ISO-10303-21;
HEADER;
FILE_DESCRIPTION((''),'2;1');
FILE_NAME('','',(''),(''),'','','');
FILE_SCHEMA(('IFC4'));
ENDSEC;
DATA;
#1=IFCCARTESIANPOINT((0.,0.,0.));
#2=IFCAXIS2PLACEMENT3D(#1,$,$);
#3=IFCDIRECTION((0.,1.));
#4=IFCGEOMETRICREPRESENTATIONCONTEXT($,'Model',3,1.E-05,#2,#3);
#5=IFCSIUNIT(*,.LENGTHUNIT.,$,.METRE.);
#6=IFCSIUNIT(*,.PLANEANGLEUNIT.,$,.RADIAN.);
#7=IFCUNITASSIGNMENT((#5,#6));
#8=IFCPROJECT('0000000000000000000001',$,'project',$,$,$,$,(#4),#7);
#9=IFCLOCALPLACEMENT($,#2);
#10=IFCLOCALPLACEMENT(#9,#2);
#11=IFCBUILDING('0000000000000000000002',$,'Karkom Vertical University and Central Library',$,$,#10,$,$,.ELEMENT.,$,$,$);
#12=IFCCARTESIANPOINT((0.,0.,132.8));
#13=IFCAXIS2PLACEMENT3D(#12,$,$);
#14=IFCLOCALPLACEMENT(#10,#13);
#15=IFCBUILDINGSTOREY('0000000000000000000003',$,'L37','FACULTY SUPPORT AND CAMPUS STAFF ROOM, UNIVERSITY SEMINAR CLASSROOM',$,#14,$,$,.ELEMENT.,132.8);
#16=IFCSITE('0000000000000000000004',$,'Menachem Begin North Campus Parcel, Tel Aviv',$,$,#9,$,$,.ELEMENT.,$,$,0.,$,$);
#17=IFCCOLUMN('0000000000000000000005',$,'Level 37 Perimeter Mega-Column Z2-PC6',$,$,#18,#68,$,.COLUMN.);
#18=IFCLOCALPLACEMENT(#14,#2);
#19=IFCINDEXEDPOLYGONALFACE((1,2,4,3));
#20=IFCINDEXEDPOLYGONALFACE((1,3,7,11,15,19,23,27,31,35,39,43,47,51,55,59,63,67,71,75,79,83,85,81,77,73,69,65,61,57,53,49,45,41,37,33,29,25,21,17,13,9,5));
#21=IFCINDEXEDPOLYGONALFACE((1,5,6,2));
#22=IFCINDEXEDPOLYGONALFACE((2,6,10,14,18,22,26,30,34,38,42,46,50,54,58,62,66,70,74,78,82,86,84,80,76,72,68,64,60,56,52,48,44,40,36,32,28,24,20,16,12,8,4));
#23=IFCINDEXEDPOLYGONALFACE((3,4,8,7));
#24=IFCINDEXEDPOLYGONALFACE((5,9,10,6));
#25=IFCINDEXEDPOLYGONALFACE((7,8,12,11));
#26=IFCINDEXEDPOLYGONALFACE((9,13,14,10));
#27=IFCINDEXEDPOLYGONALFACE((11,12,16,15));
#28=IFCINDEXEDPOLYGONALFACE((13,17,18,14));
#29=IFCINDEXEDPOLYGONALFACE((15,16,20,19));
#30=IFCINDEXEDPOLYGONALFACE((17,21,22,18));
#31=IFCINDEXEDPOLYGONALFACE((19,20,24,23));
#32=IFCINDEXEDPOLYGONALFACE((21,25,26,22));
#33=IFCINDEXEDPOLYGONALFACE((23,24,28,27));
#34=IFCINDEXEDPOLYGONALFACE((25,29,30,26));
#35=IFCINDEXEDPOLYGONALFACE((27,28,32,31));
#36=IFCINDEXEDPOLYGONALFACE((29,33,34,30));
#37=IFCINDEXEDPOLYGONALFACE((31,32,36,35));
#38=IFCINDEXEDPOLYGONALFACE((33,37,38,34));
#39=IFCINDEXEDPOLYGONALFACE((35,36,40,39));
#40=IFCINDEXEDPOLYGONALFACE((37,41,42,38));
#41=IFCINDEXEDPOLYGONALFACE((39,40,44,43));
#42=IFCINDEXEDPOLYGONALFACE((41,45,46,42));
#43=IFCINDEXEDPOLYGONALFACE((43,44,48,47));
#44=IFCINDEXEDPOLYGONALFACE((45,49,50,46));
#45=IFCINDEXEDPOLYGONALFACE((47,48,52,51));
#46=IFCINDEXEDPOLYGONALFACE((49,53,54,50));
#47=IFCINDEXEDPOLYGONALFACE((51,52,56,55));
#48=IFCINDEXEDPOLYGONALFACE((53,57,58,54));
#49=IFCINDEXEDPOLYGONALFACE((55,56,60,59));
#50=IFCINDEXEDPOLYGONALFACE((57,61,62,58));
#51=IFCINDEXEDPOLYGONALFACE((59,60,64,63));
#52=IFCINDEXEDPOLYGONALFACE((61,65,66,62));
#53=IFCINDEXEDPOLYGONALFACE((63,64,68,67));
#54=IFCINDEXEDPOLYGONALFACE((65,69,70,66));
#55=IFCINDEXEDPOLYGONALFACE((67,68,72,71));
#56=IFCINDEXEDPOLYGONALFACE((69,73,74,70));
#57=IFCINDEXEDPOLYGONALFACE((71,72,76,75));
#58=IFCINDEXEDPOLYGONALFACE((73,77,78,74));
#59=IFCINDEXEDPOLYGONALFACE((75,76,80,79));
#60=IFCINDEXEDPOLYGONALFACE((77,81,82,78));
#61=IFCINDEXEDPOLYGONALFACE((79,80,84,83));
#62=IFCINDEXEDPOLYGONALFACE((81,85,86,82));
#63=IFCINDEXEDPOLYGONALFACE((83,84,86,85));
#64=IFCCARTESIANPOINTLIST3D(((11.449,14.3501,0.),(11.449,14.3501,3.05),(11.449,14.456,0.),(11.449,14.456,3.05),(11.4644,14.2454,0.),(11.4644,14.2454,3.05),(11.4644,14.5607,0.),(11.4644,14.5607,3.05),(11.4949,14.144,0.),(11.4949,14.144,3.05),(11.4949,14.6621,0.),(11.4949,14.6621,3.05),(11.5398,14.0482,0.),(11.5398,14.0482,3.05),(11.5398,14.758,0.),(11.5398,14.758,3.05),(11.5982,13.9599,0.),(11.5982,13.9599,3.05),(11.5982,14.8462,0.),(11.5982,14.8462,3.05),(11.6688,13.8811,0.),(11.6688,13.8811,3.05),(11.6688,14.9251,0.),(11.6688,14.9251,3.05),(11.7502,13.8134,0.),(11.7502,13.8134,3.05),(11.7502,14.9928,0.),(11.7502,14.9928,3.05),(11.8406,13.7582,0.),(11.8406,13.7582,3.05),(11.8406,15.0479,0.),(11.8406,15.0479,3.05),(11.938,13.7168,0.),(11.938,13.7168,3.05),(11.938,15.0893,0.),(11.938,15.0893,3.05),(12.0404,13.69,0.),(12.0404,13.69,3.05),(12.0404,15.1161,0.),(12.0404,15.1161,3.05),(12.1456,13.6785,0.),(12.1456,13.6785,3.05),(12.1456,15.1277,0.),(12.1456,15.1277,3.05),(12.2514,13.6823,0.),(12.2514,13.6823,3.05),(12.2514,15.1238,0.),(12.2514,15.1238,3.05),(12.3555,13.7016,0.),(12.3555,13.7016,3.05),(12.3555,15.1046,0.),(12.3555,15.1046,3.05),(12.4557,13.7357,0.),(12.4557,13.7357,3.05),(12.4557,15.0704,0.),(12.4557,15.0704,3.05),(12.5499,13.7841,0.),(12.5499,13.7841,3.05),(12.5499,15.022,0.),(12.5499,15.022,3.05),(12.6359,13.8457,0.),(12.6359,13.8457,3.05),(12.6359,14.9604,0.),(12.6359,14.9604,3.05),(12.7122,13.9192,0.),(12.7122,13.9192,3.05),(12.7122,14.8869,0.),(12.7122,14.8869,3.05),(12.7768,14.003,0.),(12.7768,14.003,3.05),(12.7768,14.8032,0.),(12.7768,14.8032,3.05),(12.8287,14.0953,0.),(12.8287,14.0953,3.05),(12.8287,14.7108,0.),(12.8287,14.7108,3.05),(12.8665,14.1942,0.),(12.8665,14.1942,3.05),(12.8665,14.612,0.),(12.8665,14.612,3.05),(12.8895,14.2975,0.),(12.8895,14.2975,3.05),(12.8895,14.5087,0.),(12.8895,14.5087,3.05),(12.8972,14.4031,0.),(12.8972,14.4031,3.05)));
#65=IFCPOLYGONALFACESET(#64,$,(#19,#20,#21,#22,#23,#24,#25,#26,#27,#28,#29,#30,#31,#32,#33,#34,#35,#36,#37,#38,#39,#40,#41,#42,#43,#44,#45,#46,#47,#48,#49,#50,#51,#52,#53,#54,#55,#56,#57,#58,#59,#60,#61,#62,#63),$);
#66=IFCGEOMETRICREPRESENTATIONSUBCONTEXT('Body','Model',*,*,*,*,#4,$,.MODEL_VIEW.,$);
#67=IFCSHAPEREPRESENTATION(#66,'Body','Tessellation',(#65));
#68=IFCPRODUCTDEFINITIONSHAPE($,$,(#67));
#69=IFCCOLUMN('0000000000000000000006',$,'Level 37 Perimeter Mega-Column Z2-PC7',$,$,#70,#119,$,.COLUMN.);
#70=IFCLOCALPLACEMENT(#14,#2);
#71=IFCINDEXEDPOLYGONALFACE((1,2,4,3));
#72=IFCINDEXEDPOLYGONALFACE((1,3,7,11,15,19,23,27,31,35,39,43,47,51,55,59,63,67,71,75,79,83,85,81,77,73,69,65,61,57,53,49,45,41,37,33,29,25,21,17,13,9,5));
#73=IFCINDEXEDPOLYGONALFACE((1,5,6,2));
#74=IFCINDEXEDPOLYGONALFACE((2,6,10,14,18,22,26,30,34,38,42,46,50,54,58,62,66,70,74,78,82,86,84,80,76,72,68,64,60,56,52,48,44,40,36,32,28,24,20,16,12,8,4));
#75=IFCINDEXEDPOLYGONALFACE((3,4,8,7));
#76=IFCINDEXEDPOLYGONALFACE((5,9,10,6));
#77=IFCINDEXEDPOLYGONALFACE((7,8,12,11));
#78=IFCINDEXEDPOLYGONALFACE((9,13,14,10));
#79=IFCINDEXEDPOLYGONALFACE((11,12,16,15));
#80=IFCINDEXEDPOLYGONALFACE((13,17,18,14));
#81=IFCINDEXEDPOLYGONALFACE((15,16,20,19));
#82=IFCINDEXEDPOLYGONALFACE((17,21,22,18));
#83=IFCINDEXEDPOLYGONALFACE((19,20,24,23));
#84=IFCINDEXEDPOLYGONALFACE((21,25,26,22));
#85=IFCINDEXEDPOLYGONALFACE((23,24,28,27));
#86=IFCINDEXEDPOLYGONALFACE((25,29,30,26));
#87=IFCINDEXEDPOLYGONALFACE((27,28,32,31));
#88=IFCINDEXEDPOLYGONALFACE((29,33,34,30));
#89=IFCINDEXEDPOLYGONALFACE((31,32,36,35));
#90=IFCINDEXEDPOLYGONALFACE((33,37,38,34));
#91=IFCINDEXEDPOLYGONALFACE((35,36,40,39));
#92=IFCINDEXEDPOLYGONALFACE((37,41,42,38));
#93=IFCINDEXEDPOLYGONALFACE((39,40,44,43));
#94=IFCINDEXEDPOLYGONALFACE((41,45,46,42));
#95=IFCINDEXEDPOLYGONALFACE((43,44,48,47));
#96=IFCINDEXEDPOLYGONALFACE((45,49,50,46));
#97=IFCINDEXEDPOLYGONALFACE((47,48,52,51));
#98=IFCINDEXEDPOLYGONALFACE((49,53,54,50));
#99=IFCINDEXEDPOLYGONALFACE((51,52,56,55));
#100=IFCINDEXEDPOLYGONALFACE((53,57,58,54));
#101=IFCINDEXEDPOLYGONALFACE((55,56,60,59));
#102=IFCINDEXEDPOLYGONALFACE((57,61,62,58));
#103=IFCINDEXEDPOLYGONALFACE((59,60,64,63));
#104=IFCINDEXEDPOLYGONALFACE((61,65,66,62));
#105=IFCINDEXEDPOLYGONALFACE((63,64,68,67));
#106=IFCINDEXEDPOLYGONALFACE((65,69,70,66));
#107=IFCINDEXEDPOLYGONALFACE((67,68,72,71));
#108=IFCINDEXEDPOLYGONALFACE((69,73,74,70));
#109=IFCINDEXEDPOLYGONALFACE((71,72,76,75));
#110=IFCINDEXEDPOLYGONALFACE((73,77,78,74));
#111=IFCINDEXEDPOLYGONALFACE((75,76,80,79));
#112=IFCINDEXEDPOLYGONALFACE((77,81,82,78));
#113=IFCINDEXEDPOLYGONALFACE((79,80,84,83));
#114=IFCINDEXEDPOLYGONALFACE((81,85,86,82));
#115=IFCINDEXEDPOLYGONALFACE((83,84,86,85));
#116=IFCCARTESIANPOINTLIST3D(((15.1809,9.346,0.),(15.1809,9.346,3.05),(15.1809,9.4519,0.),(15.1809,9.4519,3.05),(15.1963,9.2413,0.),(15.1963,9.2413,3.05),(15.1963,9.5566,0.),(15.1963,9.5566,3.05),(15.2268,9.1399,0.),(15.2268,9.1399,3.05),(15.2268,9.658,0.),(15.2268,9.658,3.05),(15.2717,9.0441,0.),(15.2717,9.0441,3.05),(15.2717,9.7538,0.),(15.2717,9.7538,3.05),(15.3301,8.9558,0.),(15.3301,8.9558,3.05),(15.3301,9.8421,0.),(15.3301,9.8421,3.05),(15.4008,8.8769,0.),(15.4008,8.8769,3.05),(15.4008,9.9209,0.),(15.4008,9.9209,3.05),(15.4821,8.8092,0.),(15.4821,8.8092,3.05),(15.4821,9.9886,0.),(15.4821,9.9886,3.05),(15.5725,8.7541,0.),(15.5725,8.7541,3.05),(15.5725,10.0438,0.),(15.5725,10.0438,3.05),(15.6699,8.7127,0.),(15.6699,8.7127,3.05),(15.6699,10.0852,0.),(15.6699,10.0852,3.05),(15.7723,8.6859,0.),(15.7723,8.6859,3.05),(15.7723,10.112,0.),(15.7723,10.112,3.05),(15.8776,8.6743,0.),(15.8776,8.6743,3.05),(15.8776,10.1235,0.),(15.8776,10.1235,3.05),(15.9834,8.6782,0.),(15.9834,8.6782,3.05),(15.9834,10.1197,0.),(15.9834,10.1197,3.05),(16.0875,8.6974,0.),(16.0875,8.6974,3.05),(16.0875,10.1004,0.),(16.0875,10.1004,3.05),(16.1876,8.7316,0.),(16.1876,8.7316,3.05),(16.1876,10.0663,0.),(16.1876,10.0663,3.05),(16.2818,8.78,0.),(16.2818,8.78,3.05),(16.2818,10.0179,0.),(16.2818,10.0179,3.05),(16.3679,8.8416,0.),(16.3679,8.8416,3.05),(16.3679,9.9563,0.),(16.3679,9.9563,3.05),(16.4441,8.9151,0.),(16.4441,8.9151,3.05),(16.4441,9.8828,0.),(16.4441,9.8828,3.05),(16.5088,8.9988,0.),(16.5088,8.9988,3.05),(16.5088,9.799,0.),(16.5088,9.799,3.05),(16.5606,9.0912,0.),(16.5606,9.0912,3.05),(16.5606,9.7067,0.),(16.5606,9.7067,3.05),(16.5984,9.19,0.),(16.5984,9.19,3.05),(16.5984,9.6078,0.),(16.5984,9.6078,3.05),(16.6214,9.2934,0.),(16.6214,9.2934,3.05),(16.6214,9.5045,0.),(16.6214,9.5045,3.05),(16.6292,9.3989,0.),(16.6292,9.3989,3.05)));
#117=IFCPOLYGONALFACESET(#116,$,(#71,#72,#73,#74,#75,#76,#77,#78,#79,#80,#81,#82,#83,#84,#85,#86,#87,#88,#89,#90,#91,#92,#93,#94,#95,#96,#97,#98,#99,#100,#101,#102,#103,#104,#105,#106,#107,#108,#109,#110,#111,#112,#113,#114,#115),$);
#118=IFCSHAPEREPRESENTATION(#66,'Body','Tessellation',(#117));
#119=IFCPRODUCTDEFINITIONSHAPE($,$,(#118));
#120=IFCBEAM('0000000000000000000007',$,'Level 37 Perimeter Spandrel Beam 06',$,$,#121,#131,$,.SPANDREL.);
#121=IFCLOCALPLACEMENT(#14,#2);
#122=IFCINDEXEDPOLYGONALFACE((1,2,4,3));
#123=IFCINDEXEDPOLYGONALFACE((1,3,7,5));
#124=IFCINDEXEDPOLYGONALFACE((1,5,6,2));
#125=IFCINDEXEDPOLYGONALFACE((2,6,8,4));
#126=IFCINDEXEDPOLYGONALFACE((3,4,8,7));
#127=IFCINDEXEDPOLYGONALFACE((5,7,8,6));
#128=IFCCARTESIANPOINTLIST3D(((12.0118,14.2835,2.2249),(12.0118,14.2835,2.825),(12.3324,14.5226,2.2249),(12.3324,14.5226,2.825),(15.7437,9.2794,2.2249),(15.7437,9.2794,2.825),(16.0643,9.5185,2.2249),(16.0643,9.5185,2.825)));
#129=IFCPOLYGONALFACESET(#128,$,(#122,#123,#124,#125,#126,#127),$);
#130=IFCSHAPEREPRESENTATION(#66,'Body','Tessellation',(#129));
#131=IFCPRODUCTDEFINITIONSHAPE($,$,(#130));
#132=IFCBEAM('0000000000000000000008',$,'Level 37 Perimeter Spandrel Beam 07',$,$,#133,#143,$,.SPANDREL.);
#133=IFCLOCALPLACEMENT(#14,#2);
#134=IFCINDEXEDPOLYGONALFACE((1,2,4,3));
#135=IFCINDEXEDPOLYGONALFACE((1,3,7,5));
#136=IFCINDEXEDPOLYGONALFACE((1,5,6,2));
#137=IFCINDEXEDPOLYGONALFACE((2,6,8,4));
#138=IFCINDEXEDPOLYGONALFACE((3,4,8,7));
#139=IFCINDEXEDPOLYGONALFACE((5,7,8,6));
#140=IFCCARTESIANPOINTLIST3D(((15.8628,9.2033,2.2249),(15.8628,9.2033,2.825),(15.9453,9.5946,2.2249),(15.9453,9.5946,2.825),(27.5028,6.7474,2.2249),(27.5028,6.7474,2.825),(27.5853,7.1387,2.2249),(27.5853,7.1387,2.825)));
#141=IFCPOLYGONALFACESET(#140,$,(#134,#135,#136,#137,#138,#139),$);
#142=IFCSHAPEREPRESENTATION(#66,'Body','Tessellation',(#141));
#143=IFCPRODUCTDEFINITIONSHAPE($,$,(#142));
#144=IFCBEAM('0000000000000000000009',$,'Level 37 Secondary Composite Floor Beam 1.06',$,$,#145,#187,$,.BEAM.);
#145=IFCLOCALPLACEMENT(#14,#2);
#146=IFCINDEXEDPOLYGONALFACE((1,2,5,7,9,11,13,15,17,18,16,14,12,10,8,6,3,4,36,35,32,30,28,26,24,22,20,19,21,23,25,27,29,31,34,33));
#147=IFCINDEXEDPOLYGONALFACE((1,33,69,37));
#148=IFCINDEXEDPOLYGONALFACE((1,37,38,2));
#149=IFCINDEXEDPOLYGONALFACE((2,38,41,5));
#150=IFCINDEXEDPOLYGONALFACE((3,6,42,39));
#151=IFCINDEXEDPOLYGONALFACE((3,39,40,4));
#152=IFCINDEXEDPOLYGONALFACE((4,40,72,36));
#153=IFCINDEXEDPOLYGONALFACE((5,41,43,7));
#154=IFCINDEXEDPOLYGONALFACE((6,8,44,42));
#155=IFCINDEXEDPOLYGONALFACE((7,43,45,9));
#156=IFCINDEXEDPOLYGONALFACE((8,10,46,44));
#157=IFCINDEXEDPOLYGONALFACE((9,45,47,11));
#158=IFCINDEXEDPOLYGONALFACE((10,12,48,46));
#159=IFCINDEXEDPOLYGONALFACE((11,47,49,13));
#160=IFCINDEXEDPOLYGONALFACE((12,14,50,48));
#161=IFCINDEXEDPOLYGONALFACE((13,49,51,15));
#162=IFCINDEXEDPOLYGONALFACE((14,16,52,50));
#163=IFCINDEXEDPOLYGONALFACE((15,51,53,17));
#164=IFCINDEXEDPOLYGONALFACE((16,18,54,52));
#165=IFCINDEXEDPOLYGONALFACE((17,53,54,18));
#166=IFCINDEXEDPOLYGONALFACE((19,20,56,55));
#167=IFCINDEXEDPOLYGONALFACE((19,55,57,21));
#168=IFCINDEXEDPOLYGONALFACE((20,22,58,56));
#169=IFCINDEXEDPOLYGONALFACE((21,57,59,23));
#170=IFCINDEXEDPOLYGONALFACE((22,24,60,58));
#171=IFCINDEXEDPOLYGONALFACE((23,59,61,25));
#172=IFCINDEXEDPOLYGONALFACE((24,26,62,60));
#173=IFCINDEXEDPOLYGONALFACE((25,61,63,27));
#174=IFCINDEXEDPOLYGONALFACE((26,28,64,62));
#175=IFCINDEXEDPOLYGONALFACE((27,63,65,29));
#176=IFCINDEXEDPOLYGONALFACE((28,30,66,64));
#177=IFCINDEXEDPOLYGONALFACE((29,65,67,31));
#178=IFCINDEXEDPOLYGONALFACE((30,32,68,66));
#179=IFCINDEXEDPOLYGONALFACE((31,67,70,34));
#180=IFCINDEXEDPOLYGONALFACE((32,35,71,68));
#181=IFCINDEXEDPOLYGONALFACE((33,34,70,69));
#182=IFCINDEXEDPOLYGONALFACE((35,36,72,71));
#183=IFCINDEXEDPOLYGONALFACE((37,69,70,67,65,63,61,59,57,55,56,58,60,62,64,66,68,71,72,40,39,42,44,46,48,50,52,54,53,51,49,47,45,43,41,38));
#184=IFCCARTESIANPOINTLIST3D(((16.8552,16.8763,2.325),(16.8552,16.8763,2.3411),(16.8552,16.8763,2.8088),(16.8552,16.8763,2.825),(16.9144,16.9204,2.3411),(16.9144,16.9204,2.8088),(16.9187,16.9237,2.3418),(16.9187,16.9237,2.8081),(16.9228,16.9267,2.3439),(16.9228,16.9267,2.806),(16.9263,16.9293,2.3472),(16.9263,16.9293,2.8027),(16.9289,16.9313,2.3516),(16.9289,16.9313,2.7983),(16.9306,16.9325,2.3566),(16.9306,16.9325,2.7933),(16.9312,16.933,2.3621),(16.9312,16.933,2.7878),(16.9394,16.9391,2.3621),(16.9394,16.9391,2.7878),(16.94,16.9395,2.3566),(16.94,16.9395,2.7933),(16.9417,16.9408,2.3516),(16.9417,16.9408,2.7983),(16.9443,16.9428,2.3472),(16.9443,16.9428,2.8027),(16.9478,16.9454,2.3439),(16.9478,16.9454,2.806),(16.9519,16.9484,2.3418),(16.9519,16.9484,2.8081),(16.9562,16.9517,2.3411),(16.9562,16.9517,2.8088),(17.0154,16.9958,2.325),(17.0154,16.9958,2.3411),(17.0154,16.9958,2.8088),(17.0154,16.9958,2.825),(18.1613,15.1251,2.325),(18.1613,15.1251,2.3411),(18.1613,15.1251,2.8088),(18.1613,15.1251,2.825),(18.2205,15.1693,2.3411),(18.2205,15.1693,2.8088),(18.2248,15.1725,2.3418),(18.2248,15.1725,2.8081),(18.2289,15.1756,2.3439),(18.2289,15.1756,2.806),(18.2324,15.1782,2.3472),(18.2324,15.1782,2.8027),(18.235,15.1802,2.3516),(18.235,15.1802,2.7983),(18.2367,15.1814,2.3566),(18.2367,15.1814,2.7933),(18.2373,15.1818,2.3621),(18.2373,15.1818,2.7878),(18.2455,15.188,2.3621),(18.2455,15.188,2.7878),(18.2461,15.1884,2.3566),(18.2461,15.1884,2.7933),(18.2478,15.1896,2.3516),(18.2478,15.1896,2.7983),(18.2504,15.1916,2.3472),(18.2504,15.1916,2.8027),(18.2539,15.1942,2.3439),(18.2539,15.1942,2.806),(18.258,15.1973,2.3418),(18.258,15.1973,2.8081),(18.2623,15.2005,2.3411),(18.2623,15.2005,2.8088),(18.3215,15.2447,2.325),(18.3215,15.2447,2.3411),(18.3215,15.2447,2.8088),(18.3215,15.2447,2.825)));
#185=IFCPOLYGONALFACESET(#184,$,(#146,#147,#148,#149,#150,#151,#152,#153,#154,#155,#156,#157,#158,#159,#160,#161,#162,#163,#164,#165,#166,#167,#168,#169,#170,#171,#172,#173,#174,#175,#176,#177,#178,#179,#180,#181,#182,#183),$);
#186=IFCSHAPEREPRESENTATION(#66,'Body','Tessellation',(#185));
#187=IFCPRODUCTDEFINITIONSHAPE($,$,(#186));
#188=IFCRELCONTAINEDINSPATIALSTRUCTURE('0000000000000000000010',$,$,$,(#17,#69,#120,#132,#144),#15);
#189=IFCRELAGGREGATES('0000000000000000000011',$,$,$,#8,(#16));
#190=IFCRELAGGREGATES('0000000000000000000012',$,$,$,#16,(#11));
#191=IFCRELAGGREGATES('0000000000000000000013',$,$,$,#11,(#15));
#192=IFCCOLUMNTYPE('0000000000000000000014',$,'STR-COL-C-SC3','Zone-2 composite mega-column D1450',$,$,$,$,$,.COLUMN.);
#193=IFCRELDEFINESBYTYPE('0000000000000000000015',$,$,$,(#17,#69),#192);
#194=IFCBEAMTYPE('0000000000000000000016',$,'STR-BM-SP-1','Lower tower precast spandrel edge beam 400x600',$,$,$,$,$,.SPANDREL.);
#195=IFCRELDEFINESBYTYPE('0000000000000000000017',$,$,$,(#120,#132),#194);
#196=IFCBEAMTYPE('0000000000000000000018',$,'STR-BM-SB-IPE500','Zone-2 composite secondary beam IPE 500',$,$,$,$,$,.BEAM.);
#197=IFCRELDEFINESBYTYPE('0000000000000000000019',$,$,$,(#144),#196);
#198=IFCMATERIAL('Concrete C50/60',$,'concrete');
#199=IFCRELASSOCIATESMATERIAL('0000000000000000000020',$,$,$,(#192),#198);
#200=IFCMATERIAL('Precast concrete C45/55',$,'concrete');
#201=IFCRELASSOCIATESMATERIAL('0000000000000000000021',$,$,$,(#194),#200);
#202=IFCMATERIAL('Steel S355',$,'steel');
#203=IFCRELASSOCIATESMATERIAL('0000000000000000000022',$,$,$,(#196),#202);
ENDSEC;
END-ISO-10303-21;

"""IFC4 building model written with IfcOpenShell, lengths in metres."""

from ifc_helpers import new_model, si_unit, direction, frame, origin, origin_with_axes, origin_2d, place, context, subcontext, project, spatial, rectangle, circle, i_section, extrude, source, transform, mapped, material, material_profile, profile_set, type_object, element, save


model = new_model("IFC4")

# Units and contexts
model_context = context("Model", 3, precision=1e-05, world=origin(), true_north=direction((0.0, 1.0)))
body_context = subcontext(model_context, "Body", "Model", "MODEL_VIEW")
ifc_project = project(units=[si_unit("LENGTHUNIT", "METRE"), si_unit("PLANEANGLEUNIT", "RADIAN")], contexts=[model_context])

# Site, building, storey
site_placement = place(None, origin())
site = spatial("IfcSite", under=ifc_project, at=site_placement, Name="Menachem Begin North Campus Parcel, Tel Aviv", CompositionType="ELEMENT", RefElevation=0.0)
building_placement = place(site_placement, origin())
building = spatial("IfcBuilding", under=site, at=building_placement, Name="Karkom Vertical University and Central Library", CompositionType="ELEMENT")
storey_placement = place(building_placement, frame((0.0, 0.0, 132.8)))
storey = spatial("IfcBuildingStorey", under=building, at=storey_placement, Name="L37", Description="FACULTY SUPPORT AND CAMPUS STAFF ROOM, UNIVERSITY SEMINAR CLASSROOM", CompositionType="ELEMENT", Elevation=132.8)

# Columns
ifc_material_1 = material(Name="Concrete C50/60", Category="concrete")
ifc_material_profile_1 = material_profile(ifc_material_1, circle(Radius=0.7251, at=origin_2d()), Name="CFT-D1450")
ifc_profile_set_1 = profile_set([ifc_material_profile_1], Name="Concrete C50/60")
column_type = type_object("IfcColumnType", Name="STR-COL-C-SC3", Description="Zone-2 composite mega-column D1450", PredefinedType="COLUMN", material=ifc_profile_set_1)
shared_shape_1 = source(origin_with_axes(), body_context, "Body", "SweptSolid", [
    extrude(circle(Radius=0.7251, at=origin_2d()), origin(), (0.0, 0.0, 1.0), 3.05),
])
for number, where, z_axis, x_axis, name in (
    (1, (12.1721, 14.4031, 0.0), (0.0, 0.0, 1.0), (1.0, 0.0, 0.0), "Level 37 Perimeter Mega-Column Z2-PC6"),
    (2, (15.9041, 9.3989, 0.0), (0.0, 0.0, 1.0), (1.0, 0.0, 0.0), "Level 37 Perimeter Mega-Column Z2-PC7"),
):
    element("IfcColumn", number, at=place(storey_placement, frame(where, z_axis=z_axis, x_axis=x_axis)), inside=storey, type_object=column_type, Name=name, PredefinedType="COLUMN", context=body_context, shape_type="MappedRepresentation", body=[
        mapped(shared_shape_1, transform((0.0, 0.0, 0.0), scale=1.0)),
    ])

# Beams
ifc_material_2 = material(Name="Precast concrete C45/55", Category="concrete")
ifc_material_profile_2 = material_profile(ifc_material_2, rectangle(XDim=0.3999, YDim=0.6001, at=origin_2d()), Name="SPB-400x600")
ifc_profile_set_2 = profile_set([ifc_material_profile_2], Name="Precast concrete C45/55")
beam_type_1 = type_object("IfcBeamType", Name="STR-BM-SP-1", Description="Lower tower precast spandrel edge beam 400x600", PredefinedType="SPANDREL", material=ifc_profile_set_2)
shared_shape_2 = source(origin_with_axes(), body_context, "Body", "SweptSolid", [
    extrude(rectangle(XDim=0.3999, YDim=0.6001, at=origin_2d()), origin(), (0.0, 0.0, 1.0), 6.2424),
])
beam_1_placement = place(storey_placement, frame((12.1721, 14.4031, 2.5249), z_axis=(0.597826, -0.801626, 0.0), x_axis=(0.801626, 0.597826, 0.0)))
element("IfcBeam", 3, at=beam_1_placement, inside=storey, type_object=beam_type_1, Name="Level 37 Perimeter Spandrel Beam 06", PredefinedType="SPANDREL", context=body_context, shape_type="MappedRepresentation", body=[
    mapped(shared_shape_2, transform((0.0, 0.0, 0.0), scale=1.0)),
])
shared_shape_3 = source(origin_with_axes(), body_context, "Body", "SweptSolid", [
    extrude(rectangle(XDim=0.3999, YDim=0.6001, at=origin_2d()), origin(), (0.0, 0.0, 1.0), 11.8962),
])
beam_2_placement = place(storey_placement, frame((15.9041, 9.3989, 2.5249), z_axis=(0.97846, -0.206438, 0.0), x_axis=(0.206438, 0.97846, 0.0)))
element("IfcBeam", 4, at=beam_2_placement, inside=storey, type_object=beam_type_1, Name="Level 37 Perimeter Spandrel Beam 07", PredefinedType="SPANDREL", context=body_context, shape_type="MappedRepresentation", body=[
    mapped(shared_shape_3, transform((0.0, 0.0, 0.0), scale=1.0)),
])
ifc_material_3 = material(Name="Steel S355", Category="steel")
ifc_material_profile_3 = material_profile(ifc_material_3, i_section(OverallWidth=0.2, OverallDepth=0.5, WebThickness=0.0103, FlangeThickness=0.0161, FilletRadius=0.021, at=origin_2d()), Name="IPE 500")
ifc_profile_set_3 = profile_set([ifc_material_profile_3], Name="Steel S355")
beam_type_2 = type_object("IfcBeamType", Name="STR-BM-SB-IPE500", Description="Zone-2 composite secondary beam IPE 500", PredefinedType="BEAM", material=ifc_profile_set_3)
shared_shape_4 = source(origin_with_axes(), body_context, "Body", "SweptSolid", [
    extrude(i_section(OverallWidth=0.2, OverallDepth=0.5, WebThickness=0.0103, FlangeThickness=0.0161, FilletRadius=0.021, at=origin_2d()), origin(), (0.0, 0.0, 1.0), 2.1846),
])
beam_3_placement = place(storey_placement, frame((16.9353, 16.936, 2.575), z_axis=(0.59787, -0.801593, 0.0), x_axis=(0.801593, 0.59787, 0.0)))
element("IfcBeam", 5, at=beam_3_placement, inside=storey, type_object=beam_type_2, Name="Level 37 Secondary Composite Floor Beam 1.06", PredefinedType="BEAM", context=body_context, shape_type="MappedRepresentation", body=[
    mapped(shared_shape_4, transform((0.0, 0.0, 0.0), scale=1.0)),
])

save(model, "model.ifc")
